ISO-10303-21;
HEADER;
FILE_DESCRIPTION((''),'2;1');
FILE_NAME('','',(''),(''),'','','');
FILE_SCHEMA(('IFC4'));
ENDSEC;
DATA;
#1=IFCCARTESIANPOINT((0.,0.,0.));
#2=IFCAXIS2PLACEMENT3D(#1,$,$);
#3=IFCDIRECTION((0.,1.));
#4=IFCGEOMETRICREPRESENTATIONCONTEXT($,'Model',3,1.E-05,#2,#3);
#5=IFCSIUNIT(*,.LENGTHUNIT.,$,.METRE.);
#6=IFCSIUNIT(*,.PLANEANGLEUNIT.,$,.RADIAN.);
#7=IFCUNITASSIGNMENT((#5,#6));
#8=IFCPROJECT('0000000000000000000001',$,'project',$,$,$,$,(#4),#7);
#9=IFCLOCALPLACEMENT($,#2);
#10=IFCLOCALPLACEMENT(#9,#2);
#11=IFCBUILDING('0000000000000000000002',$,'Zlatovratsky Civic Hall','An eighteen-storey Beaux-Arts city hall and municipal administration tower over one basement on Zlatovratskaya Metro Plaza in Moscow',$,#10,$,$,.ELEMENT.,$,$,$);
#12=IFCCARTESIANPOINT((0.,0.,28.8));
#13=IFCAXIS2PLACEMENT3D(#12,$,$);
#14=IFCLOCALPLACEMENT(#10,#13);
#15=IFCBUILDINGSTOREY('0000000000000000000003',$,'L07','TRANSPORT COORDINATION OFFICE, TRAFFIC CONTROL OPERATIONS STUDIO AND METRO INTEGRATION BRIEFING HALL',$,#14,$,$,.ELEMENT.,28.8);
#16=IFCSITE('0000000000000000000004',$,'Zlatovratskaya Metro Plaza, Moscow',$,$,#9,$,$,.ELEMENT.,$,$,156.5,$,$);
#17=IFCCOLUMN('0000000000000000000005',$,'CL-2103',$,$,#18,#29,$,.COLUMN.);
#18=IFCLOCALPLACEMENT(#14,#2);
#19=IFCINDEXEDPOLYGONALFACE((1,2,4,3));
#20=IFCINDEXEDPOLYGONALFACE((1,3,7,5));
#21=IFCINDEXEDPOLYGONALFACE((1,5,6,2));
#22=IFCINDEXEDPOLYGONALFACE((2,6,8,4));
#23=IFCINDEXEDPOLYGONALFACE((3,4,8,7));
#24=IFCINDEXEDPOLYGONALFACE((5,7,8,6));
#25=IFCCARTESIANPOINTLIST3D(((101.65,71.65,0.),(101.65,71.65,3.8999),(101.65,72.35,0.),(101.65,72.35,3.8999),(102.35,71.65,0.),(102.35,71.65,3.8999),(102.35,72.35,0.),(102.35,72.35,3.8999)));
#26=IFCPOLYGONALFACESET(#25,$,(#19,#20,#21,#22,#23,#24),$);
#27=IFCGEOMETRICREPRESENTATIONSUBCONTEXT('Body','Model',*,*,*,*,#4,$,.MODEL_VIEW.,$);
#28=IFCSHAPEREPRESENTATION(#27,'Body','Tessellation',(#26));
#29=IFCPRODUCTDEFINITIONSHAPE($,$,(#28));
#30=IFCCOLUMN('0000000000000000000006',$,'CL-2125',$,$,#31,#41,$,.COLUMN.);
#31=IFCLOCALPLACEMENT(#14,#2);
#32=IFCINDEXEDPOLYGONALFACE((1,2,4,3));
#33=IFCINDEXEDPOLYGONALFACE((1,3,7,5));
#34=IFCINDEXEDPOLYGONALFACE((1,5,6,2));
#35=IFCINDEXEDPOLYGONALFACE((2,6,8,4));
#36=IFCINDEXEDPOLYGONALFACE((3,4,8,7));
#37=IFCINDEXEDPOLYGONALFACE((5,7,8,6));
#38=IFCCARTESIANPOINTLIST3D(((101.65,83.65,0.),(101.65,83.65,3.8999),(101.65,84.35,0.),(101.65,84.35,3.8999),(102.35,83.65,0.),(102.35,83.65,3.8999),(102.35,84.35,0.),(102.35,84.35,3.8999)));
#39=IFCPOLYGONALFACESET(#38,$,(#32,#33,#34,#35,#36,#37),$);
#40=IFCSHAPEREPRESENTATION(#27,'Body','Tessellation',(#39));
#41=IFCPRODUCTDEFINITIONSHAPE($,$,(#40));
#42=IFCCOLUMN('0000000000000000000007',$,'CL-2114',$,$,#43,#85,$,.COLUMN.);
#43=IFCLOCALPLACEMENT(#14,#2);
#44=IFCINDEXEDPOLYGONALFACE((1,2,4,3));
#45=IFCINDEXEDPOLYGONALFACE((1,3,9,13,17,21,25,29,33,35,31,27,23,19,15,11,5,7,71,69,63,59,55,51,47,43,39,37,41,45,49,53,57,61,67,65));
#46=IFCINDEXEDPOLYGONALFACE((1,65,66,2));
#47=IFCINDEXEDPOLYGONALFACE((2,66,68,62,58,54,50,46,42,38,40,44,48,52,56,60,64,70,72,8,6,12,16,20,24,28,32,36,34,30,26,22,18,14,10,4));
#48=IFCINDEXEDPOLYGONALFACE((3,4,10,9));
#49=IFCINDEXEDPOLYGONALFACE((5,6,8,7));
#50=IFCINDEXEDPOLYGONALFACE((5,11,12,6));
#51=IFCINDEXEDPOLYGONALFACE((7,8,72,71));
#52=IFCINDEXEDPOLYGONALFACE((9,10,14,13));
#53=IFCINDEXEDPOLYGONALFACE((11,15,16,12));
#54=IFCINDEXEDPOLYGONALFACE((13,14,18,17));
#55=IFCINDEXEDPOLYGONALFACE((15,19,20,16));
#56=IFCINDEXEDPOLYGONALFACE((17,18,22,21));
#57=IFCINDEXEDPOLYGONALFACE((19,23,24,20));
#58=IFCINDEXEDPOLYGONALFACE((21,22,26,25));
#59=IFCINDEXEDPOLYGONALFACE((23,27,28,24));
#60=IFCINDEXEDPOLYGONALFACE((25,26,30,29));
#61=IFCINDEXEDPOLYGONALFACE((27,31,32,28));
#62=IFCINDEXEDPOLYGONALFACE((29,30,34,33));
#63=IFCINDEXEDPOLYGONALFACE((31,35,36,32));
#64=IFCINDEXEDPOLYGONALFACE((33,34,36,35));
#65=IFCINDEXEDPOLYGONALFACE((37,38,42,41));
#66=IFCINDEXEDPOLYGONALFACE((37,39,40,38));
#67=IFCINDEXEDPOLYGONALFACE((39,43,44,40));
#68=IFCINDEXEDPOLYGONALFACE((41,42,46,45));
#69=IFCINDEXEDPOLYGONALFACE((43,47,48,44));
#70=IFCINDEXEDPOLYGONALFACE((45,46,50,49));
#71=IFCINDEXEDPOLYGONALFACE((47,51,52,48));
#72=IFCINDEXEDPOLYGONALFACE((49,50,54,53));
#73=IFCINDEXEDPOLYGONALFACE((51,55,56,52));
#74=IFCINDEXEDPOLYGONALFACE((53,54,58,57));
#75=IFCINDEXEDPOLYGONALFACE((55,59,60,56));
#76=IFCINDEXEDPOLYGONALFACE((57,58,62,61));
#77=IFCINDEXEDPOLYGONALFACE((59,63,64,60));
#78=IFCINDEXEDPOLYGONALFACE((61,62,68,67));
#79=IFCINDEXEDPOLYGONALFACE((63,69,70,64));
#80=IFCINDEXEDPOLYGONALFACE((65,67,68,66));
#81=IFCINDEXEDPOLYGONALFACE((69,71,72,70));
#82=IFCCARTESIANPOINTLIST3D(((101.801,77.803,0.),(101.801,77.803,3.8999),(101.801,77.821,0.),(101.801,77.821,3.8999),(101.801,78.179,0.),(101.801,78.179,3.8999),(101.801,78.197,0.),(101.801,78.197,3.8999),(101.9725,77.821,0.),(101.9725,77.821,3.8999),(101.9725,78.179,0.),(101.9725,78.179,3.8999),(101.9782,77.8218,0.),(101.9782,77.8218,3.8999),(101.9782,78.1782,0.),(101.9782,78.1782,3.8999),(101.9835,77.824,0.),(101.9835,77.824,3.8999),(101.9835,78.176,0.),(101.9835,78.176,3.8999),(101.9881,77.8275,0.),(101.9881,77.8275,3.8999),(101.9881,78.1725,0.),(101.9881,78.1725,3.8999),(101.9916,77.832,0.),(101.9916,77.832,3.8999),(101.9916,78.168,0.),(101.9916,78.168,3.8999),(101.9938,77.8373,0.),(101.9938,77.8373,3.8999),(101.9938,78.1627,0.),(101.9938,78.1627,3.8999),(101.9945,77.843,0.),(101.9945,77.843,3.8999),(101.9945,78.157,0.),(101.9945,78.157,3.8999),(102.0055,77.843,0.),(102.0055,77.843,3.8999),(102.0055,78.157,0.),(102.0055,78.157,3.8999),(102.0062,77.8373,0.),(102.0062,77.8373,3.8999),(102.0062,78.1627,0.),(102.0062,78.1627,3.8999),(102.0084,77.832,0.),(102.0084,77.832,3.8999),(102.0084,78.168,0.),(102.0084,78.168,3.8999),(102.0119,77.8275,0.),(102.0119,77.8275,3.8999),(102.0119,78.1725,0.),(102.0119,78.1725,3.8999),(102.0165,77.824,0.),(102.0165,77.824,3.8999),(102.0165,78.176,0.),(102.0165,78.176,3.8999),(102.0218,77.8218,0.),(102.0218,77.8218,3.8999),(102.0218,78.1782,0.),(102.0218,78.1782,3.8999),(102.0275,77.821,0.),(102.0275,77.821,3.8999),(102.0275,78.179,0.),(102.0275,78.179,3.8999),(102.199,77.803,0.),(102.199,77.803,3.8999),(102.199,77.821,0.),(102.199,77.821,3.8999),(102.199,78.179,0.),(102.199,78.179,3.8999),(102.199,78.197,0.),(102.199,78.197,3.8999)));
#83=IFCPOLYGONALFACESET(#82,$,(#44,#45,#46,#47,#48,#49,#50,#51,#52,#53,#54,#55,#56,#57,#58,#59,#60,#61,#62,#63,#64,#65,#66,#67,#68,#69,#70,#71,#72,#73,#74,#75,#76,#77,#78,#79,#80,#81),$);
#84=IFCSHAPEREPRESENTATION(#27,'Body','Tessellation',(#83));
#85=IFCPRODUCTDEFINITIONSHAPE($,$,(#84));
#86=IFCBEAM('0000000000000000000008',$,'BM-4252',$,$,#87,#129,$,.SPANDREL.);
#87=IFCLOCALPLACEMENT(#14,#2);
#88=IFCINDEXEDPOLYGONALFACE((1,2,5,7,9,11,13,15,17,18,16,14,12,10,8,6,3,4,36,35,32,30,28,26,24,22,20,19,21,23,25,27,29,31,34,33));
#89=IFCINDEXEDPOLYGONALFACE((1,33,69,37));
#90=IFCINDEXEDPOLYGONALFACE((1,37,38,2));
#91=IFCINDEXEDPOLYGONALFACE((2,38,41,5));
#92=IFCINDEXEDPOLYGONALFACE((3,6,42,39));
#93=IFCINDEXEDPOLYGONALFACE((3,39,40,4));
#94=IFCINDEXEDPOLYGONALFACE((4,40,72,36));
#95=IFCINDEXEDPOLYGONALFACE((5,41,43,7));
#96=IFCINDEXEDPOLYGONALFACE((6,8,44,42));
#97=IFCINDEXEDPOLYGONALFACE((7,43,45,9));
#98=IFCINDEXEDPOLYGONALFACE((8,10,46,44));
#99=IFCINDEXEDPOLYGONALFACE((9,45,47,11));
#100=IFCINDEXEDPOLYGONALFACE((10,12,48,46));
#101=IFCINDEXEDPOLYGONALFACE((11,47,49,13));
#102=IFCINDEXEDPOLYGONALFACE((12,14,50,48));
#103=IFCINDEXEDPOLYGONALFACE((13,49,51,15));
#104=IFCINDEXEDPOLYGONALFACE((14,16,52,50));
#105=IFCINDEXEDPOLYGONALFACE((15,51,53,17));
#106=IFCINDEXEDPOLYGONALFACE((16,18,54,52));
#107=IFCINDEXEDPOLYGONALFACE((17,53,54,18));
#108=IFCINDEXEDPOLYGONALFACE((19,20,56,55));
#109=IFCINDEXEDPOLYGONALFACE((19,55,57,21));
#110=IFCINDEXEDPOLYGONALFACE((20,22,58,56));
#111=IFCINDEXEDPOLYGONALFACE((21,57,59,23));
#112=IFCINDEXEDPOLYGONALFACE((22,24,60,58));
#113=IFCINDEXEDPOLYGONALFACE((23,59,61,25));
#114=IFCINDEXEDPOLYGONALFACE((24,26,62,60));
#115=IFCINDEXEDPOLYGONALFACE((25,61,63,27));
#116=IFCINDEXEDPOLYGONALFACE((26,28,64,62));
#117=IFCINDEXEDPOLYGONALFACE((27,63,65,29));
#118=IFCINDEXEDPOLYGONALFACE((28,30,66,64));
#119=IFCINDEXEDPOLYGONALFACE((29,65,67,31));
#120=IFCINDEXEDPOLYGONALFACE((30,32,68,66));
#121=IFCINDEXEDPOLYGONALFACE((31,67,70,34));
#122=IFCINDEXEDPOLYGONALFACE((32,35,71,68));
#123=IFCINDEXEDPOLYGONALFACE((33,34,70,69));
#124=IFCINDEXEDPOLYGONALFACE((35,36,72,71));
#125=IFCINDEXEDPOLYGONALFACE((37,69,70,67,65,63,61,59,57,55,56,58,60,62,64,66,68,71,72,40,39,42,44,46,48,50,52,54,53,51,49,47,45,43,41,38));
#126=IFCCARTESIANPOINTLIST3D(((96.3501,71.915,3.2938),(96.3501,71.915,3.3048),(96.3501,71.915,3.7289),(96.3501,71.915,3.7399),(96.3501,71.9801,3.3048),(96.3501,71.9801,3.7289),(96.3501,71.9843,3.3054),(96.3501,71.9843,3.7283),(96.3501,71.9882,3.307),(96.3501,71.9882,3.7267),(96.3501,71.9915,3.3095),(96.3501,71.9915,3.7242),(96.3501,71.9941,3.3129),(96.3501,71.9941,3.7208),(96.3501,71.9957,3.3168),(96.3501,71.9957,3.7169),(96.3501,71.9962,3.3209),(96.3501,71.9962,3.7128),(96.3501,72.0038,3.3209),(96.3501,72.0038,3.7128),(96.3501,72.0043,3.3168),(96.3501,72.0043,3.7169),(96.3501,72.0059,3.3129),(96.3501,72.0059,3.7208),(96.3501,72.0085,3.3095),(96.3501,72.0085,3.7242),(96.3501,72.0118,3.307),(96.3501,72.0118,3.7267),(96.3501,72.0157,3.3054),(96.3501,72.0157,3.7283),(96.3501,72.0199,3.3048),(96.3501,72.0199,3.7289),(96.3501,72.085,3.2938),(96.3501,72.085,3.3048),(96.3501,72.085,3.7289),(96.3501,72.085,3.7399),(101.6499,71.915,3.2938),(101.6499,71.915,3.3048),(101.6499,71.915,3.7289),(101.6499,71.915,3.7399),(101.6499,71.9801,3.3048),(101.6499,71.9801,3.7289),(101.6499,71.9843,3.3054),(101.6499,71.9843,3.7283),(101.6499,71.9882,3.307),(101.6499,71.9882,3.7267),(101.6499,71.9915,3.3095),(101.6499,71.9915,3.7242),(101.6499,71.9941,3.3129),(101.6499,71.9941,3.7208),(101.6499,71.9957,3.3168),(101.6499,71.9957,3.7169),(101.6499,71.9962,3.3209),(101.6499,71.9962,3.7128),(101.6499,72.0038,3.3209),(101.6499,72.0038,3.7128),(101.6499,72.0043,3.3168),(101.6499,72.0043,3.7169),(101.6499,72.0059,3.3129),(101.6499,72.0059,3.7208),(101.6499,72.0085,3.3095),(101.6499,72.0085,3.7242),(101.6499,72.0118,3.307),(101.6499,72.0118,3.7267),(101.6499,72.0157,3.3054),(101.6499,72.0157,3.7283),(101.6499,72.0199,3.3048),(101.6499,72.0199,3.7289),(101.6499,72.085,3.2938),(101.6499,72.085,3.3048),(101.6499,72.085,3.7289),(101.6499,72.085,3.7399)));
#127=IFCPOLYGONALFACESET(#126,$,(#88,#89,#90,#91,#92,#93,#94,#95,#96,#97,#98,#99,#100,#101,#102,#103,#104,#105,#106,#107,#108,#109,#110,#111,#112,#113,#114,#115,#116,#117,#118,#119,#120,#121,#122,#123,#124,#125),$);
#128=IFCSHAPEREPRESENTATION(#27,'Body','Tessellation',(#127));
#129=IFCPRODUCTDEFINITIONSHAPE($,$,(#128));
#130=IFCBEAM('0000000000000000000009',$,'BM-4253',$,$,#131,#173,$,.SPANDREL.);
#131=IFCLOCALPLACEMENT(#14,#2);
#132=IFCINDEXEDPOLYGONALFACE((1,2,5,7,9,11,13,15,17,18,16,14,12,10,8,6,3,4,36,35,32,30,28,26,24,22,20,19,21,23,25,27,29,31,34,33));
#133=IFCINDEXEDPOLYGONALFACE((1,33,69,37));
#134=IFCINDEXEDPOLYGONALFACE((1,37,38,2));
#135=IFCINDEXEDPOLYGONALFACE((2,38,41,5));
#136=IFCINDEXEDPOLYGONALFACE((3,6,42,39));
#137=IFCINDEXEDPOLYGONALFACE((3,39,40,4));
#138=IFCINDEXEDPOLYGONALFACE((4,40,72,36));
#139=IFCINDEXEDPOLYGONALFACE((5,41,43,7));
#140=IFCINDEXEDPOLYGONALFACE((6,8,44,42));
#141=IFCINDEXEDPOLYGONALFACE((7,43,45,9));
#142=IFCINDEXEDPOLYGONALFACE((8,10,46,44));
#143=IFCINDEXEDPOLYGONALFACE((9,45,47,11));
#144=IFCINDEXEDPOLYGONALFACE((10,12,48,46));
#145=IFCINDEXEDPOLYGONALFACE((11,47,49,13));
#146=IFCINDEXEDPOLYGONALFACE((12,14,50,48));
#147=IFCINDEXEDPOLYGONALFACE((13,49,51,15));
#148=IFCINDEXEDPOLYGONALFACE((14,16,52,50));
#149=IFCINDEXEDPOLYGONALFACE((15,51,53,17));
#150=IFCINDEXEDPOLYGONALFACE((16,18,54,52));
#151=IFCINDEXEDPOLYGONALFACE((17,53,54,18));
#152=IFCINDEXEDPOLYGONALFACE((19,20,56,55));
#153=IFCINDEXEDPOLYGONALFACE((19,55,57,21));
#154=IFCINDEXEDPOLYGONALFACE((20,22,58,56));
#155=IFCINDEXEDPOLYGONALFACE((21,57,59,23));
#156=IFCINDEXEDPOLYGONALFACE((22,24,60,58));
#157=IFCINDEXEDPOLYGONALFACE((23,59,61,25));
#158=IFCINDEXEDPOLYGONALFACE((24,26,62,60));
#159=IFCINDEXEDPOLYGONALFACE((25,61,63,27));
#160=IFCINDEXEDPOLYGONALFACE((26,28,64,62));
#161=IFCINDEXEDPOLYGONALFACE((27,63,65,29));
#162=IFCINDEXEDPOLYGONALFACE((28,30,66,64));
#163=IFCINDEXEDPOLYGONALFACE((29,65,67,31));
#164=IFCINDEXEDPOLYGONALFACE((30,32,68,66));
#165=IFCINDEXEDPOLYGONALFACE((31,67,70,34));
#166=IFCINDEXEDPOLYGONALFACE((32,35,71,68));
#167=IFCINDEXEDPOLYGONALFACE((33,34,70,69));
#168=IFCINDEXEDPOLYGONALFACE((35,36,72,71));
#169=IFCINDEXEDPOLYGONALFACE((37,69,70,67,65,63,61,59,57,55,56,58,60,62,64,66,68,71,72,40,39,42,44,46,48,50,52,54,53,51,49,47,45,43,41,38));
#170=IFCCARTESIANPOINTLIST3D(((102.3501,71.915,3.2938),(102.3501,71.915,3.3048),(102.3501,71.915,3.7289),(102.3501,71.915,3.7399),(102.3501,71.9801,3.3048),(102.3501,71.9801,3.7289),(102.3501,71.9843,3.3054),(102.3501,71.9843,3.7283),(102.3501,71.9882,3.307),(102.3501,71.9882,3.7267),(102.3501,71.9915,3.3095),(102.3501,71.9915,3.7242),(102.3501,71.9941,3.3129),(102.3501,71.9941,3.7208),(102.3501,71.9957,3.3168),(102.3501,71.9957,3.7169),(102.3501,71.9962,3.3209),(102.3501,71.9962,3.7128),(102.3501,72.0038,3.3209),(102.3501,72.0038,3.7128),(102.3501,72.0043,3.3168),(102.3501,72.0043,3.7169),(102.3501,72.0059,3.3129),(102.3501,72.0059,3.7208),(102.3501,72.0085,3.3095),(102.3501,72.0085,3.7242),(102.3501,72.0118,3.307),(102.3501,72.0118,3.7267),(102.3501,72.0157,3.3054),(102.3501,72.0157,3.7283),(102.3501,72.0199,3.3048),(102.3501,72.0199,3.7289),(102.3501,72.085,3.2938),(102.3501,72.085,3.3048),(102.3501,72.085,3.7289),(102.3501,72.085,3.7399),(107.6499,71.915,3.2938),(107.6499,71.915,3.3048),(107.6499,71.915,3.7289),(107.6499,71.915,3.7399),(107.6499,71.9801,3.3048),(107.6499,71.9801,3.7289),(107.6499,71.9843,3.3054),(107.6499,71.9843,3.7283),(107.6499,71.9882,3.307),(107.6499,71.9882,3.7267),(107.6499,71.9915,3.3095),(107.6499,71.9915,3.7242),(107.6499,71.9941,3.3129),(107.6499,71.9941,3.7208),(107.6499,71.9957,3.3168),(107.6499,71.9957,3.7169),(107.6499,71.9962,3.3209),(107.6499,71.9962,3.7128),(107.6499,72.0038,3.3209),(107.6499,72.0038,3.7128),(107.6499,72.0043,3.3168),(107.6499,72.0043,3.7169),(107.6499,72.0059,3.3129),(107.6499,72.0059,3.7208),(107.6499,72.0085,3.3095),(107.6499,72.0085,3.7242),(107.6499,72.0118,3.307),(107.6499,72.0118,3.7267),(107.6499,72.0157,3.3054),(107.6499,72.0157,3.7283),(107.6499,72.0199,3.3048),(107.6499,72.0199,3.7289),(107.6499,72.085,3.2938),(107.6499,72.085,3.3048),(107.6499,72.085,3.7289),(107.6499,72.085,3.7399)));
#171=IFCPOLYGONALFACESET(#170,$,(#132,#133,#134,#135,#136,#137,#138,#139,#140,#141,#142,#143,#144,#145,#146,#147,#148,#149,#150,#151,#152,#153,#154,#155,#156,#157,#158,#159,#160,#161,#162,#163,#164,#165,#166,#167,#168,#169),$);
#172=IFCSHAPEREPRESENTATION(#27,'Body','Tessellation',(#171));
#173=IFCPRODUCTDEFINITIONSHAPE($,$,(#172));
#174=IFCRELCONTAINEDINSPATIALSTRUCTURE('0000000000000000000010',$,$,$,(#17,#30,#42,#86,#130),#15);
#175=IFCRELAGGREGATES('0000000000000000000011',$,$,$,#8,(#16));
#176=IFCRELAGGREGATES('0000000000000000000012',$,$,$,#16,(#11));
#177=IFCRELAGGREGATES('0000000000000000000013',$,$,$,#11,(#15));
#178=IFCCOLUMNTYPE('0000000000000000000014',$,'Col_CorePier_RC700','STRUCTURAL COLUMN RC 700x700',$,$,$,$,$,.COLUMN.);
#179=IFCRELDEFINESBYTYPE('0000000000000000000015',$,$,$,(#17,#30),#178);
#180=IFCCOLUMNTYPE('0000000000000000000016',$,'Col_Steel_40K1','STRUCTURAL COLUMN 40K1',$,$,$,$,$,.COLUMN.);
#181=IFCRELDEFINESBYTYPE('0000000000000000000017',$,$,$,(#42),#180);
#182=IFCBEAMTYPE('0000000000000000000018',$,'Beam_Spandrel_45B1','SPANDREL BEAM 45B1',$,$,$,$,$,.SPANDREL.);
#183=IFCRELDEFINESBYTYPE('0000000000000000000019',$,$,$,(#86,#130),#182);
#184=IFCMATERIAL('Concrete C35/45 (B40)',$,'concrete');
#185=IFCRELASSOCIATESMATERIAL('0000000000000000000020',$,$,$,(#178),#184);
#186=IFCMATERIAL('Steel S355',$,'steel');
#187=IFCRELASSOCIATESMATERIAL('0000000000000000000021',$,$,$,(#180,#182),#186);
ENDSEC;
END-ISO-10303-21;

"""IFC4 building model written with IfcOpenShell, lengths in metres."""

from ifc_helpers import new_model, si_unit, direction, frame, origin, origin_2d, place, context, subcontext, project, spatial, rectangle, i_section, extrude, material, material_profile, profile_set, type_object, element, save


model = new_model("IFC4")

# Units and contexts
model_context = context("Model", 3, precision=1e-05, world=origin(), true_north=direction((0.0, 1.0)))
body_context = subcontext(model_context, "Body", "Model", "MODEL_VIEW")
ifc_project = project(units=[si_unit("LENGTHUNIT", "METRE"), si_unit("PLANEANGLEUNIT", "RADIAN")], contexts=[model_context])

# Site, building, storey
site_placement = place(None, origin())
site = spatial("IfcSite", under=ifc_project, at=site_placement, Name="Zlatovratskaya Metro Plaza, Moscow", CompositionType="ELEMENT", RefElevation=156.5)
building_placement = place(site_placement, origin())
building = spatial("IfcBuilding", under=site, at=building_placement, Name="Zlatovratsky Civic Hall", Description="An eighteen-storey Beaux-Arts city hall and municipal administration tower over one basement on Zlatovratskaya Metro Plaza in Moscow", CompositionType="ELEMENT")
storey_placement = place(building_placement, frame((0.0, 0.0, 28.8)))
storey = spatial("IfcBuildingStorey", under=building, at=storey_placement, Name="L07", Description="TRANSPORT COORDINATION OFFICE, TRAFFIC CONTROL OPERATIONS STUDIO AND METRO INTEGRATION BRIEFING HALL", CompositionType="ELEMENT", Elevation=28.8)

# Columns
ifc_material_1 = material(Name="Concrete C35/45 (B40)", Category="concrete")
ifc_material_profile_1 = material_profile(ifc_material_1, rectangle(XDim=0.7, YDim=0.7, at=origin_2d()), Name="RC 700x700")
ifc_profile_set_1 = profile_set([ifc_material_profile_1], Name="Concrete C35/45 (B40)")
column_type_1 = type_object("IfcColumnType", Name="Col_CorePier_RC700", Description="STRUCTURAL COLUMN RC 700x700", PredefinedType="COLUMN", material=ifc_profile_set_1)
for number, where, z_axis, x_axis, name in (
    (1, (102.0, 72.0, 0.0), (0.0, 0.0, 1.0), (1.0, 0.0, 0.0), "CL-2103"),
    (2, (102.0, 84.0, 0.0), (0.0, 0.0, 1.0), (1.0, 0.0, 0.0), "CL-2125"),
):
    element("IfcColumn", number, at=place(storey_placement, frame(where, z_axis=z_axis, x_axis=x_axis)), inside=storey, type_object=column_type_1, Name=name, PredefinedType="COLUMN", context=body_context, shape_type="SweptSolid", body=[
        extrude(rectangle(XDim=0.7, YDim=0.7, at=origin_2d()), origin(), (0.0, 0.0, 1.0), 3.8999),
    ])
ifc_material_2 = material(Name="Steel S355", Category="steel")
ifc_material_profile_2 = material_profile(ifc_material_2, i_section(OverallWidth=0.3979, OverallDepth=0.394, WebThickness=0.011, FlangeThickness=0.0181, FilletRadius=0.022, at=origin_2d()), Name="40K1")
ifc_profile_set_2 = profile_set([ifc_material_profile_2], Name="Steel S355")
column_type_2 = type_object("IfcColumnType", Name="Col_Steel_40K1", Description="STRUCTURAL COLUMN 40K1", PredefinedType="COLUMN", material=ifc_profile_set_2)
column_placement = place(storey_placement, frame((102.0, 78.0, 0.0), z_axis=(0.0, 0.0, 1.0), x_axis=(1.0, 0.0, 0.0)))
element("IfcColumn", 3, at=column_placement, inside=storey, type_object=column_type_2, Name="CL-2114", PredefinedType="COLUMN", context=body_context, shape_type="SweptSolid", body=[
    extrude(i_section(OverallWidth=0.3979, OverallDepth=0.394, WebThickness=0.011, FlangeThickness=0.0181, FilletRadius=0.022, at=origin_2d()), origin(), (0.0, 0.0, 1.0), 3.8999),
])

# Beams
ifc_material_profile_3 = material_profile(ifc_material_2, i_section(OverallWidth=0.1699, OverallDepth=0.446, WebThickness=0.0076, FlangeThickness=0.011, FilletRadius=0.0161, at=origin_2d()), Name="45B1")
ifc_profile_set_3 = profile_set([ifc_material_profile_3], Name="Steel S355")
beam_type_1 = type_object("IfcBeamType", Name="Beam_Spandrel_45B1", Description="SPANDREL BEAM 45B1", PredefinedType="SPANDREL", material=ifc_profile_set_3)
for number, where, z_axis, x_axis, name in (
    (4, (96.3501, 72.0, 3.5168), (1.0, 0.0, 0.0), (0.0, 1.0, 0.0), "BM-4252"),
    (5, (102.3501, 72.0, 3.5168), (1.0, 0.0, 0.0), (0.0, 1.0, 0.0), "BM-4253"),
):
    element("IfcBeam", number, at=place(storey_placement, frame(where, z_axis=z_axis, x_axis=x_axis)), inside=storey, type_object=beam_type_1, Name=name, PredefinedType="SPANDREL", context=body_context, shape_type="SweptSolid", body=[
        extrude(i_section(OverallWidth=0.1699, OverallDepth=0.446, WebThickness=0.0076, FlangeThickness=0.011, FilletRadius=0.0161, at=origin_2d()), origin(), (0.0, 0.0, 1.0), 5.2998),
    ])

save(model, "model.ifc")
